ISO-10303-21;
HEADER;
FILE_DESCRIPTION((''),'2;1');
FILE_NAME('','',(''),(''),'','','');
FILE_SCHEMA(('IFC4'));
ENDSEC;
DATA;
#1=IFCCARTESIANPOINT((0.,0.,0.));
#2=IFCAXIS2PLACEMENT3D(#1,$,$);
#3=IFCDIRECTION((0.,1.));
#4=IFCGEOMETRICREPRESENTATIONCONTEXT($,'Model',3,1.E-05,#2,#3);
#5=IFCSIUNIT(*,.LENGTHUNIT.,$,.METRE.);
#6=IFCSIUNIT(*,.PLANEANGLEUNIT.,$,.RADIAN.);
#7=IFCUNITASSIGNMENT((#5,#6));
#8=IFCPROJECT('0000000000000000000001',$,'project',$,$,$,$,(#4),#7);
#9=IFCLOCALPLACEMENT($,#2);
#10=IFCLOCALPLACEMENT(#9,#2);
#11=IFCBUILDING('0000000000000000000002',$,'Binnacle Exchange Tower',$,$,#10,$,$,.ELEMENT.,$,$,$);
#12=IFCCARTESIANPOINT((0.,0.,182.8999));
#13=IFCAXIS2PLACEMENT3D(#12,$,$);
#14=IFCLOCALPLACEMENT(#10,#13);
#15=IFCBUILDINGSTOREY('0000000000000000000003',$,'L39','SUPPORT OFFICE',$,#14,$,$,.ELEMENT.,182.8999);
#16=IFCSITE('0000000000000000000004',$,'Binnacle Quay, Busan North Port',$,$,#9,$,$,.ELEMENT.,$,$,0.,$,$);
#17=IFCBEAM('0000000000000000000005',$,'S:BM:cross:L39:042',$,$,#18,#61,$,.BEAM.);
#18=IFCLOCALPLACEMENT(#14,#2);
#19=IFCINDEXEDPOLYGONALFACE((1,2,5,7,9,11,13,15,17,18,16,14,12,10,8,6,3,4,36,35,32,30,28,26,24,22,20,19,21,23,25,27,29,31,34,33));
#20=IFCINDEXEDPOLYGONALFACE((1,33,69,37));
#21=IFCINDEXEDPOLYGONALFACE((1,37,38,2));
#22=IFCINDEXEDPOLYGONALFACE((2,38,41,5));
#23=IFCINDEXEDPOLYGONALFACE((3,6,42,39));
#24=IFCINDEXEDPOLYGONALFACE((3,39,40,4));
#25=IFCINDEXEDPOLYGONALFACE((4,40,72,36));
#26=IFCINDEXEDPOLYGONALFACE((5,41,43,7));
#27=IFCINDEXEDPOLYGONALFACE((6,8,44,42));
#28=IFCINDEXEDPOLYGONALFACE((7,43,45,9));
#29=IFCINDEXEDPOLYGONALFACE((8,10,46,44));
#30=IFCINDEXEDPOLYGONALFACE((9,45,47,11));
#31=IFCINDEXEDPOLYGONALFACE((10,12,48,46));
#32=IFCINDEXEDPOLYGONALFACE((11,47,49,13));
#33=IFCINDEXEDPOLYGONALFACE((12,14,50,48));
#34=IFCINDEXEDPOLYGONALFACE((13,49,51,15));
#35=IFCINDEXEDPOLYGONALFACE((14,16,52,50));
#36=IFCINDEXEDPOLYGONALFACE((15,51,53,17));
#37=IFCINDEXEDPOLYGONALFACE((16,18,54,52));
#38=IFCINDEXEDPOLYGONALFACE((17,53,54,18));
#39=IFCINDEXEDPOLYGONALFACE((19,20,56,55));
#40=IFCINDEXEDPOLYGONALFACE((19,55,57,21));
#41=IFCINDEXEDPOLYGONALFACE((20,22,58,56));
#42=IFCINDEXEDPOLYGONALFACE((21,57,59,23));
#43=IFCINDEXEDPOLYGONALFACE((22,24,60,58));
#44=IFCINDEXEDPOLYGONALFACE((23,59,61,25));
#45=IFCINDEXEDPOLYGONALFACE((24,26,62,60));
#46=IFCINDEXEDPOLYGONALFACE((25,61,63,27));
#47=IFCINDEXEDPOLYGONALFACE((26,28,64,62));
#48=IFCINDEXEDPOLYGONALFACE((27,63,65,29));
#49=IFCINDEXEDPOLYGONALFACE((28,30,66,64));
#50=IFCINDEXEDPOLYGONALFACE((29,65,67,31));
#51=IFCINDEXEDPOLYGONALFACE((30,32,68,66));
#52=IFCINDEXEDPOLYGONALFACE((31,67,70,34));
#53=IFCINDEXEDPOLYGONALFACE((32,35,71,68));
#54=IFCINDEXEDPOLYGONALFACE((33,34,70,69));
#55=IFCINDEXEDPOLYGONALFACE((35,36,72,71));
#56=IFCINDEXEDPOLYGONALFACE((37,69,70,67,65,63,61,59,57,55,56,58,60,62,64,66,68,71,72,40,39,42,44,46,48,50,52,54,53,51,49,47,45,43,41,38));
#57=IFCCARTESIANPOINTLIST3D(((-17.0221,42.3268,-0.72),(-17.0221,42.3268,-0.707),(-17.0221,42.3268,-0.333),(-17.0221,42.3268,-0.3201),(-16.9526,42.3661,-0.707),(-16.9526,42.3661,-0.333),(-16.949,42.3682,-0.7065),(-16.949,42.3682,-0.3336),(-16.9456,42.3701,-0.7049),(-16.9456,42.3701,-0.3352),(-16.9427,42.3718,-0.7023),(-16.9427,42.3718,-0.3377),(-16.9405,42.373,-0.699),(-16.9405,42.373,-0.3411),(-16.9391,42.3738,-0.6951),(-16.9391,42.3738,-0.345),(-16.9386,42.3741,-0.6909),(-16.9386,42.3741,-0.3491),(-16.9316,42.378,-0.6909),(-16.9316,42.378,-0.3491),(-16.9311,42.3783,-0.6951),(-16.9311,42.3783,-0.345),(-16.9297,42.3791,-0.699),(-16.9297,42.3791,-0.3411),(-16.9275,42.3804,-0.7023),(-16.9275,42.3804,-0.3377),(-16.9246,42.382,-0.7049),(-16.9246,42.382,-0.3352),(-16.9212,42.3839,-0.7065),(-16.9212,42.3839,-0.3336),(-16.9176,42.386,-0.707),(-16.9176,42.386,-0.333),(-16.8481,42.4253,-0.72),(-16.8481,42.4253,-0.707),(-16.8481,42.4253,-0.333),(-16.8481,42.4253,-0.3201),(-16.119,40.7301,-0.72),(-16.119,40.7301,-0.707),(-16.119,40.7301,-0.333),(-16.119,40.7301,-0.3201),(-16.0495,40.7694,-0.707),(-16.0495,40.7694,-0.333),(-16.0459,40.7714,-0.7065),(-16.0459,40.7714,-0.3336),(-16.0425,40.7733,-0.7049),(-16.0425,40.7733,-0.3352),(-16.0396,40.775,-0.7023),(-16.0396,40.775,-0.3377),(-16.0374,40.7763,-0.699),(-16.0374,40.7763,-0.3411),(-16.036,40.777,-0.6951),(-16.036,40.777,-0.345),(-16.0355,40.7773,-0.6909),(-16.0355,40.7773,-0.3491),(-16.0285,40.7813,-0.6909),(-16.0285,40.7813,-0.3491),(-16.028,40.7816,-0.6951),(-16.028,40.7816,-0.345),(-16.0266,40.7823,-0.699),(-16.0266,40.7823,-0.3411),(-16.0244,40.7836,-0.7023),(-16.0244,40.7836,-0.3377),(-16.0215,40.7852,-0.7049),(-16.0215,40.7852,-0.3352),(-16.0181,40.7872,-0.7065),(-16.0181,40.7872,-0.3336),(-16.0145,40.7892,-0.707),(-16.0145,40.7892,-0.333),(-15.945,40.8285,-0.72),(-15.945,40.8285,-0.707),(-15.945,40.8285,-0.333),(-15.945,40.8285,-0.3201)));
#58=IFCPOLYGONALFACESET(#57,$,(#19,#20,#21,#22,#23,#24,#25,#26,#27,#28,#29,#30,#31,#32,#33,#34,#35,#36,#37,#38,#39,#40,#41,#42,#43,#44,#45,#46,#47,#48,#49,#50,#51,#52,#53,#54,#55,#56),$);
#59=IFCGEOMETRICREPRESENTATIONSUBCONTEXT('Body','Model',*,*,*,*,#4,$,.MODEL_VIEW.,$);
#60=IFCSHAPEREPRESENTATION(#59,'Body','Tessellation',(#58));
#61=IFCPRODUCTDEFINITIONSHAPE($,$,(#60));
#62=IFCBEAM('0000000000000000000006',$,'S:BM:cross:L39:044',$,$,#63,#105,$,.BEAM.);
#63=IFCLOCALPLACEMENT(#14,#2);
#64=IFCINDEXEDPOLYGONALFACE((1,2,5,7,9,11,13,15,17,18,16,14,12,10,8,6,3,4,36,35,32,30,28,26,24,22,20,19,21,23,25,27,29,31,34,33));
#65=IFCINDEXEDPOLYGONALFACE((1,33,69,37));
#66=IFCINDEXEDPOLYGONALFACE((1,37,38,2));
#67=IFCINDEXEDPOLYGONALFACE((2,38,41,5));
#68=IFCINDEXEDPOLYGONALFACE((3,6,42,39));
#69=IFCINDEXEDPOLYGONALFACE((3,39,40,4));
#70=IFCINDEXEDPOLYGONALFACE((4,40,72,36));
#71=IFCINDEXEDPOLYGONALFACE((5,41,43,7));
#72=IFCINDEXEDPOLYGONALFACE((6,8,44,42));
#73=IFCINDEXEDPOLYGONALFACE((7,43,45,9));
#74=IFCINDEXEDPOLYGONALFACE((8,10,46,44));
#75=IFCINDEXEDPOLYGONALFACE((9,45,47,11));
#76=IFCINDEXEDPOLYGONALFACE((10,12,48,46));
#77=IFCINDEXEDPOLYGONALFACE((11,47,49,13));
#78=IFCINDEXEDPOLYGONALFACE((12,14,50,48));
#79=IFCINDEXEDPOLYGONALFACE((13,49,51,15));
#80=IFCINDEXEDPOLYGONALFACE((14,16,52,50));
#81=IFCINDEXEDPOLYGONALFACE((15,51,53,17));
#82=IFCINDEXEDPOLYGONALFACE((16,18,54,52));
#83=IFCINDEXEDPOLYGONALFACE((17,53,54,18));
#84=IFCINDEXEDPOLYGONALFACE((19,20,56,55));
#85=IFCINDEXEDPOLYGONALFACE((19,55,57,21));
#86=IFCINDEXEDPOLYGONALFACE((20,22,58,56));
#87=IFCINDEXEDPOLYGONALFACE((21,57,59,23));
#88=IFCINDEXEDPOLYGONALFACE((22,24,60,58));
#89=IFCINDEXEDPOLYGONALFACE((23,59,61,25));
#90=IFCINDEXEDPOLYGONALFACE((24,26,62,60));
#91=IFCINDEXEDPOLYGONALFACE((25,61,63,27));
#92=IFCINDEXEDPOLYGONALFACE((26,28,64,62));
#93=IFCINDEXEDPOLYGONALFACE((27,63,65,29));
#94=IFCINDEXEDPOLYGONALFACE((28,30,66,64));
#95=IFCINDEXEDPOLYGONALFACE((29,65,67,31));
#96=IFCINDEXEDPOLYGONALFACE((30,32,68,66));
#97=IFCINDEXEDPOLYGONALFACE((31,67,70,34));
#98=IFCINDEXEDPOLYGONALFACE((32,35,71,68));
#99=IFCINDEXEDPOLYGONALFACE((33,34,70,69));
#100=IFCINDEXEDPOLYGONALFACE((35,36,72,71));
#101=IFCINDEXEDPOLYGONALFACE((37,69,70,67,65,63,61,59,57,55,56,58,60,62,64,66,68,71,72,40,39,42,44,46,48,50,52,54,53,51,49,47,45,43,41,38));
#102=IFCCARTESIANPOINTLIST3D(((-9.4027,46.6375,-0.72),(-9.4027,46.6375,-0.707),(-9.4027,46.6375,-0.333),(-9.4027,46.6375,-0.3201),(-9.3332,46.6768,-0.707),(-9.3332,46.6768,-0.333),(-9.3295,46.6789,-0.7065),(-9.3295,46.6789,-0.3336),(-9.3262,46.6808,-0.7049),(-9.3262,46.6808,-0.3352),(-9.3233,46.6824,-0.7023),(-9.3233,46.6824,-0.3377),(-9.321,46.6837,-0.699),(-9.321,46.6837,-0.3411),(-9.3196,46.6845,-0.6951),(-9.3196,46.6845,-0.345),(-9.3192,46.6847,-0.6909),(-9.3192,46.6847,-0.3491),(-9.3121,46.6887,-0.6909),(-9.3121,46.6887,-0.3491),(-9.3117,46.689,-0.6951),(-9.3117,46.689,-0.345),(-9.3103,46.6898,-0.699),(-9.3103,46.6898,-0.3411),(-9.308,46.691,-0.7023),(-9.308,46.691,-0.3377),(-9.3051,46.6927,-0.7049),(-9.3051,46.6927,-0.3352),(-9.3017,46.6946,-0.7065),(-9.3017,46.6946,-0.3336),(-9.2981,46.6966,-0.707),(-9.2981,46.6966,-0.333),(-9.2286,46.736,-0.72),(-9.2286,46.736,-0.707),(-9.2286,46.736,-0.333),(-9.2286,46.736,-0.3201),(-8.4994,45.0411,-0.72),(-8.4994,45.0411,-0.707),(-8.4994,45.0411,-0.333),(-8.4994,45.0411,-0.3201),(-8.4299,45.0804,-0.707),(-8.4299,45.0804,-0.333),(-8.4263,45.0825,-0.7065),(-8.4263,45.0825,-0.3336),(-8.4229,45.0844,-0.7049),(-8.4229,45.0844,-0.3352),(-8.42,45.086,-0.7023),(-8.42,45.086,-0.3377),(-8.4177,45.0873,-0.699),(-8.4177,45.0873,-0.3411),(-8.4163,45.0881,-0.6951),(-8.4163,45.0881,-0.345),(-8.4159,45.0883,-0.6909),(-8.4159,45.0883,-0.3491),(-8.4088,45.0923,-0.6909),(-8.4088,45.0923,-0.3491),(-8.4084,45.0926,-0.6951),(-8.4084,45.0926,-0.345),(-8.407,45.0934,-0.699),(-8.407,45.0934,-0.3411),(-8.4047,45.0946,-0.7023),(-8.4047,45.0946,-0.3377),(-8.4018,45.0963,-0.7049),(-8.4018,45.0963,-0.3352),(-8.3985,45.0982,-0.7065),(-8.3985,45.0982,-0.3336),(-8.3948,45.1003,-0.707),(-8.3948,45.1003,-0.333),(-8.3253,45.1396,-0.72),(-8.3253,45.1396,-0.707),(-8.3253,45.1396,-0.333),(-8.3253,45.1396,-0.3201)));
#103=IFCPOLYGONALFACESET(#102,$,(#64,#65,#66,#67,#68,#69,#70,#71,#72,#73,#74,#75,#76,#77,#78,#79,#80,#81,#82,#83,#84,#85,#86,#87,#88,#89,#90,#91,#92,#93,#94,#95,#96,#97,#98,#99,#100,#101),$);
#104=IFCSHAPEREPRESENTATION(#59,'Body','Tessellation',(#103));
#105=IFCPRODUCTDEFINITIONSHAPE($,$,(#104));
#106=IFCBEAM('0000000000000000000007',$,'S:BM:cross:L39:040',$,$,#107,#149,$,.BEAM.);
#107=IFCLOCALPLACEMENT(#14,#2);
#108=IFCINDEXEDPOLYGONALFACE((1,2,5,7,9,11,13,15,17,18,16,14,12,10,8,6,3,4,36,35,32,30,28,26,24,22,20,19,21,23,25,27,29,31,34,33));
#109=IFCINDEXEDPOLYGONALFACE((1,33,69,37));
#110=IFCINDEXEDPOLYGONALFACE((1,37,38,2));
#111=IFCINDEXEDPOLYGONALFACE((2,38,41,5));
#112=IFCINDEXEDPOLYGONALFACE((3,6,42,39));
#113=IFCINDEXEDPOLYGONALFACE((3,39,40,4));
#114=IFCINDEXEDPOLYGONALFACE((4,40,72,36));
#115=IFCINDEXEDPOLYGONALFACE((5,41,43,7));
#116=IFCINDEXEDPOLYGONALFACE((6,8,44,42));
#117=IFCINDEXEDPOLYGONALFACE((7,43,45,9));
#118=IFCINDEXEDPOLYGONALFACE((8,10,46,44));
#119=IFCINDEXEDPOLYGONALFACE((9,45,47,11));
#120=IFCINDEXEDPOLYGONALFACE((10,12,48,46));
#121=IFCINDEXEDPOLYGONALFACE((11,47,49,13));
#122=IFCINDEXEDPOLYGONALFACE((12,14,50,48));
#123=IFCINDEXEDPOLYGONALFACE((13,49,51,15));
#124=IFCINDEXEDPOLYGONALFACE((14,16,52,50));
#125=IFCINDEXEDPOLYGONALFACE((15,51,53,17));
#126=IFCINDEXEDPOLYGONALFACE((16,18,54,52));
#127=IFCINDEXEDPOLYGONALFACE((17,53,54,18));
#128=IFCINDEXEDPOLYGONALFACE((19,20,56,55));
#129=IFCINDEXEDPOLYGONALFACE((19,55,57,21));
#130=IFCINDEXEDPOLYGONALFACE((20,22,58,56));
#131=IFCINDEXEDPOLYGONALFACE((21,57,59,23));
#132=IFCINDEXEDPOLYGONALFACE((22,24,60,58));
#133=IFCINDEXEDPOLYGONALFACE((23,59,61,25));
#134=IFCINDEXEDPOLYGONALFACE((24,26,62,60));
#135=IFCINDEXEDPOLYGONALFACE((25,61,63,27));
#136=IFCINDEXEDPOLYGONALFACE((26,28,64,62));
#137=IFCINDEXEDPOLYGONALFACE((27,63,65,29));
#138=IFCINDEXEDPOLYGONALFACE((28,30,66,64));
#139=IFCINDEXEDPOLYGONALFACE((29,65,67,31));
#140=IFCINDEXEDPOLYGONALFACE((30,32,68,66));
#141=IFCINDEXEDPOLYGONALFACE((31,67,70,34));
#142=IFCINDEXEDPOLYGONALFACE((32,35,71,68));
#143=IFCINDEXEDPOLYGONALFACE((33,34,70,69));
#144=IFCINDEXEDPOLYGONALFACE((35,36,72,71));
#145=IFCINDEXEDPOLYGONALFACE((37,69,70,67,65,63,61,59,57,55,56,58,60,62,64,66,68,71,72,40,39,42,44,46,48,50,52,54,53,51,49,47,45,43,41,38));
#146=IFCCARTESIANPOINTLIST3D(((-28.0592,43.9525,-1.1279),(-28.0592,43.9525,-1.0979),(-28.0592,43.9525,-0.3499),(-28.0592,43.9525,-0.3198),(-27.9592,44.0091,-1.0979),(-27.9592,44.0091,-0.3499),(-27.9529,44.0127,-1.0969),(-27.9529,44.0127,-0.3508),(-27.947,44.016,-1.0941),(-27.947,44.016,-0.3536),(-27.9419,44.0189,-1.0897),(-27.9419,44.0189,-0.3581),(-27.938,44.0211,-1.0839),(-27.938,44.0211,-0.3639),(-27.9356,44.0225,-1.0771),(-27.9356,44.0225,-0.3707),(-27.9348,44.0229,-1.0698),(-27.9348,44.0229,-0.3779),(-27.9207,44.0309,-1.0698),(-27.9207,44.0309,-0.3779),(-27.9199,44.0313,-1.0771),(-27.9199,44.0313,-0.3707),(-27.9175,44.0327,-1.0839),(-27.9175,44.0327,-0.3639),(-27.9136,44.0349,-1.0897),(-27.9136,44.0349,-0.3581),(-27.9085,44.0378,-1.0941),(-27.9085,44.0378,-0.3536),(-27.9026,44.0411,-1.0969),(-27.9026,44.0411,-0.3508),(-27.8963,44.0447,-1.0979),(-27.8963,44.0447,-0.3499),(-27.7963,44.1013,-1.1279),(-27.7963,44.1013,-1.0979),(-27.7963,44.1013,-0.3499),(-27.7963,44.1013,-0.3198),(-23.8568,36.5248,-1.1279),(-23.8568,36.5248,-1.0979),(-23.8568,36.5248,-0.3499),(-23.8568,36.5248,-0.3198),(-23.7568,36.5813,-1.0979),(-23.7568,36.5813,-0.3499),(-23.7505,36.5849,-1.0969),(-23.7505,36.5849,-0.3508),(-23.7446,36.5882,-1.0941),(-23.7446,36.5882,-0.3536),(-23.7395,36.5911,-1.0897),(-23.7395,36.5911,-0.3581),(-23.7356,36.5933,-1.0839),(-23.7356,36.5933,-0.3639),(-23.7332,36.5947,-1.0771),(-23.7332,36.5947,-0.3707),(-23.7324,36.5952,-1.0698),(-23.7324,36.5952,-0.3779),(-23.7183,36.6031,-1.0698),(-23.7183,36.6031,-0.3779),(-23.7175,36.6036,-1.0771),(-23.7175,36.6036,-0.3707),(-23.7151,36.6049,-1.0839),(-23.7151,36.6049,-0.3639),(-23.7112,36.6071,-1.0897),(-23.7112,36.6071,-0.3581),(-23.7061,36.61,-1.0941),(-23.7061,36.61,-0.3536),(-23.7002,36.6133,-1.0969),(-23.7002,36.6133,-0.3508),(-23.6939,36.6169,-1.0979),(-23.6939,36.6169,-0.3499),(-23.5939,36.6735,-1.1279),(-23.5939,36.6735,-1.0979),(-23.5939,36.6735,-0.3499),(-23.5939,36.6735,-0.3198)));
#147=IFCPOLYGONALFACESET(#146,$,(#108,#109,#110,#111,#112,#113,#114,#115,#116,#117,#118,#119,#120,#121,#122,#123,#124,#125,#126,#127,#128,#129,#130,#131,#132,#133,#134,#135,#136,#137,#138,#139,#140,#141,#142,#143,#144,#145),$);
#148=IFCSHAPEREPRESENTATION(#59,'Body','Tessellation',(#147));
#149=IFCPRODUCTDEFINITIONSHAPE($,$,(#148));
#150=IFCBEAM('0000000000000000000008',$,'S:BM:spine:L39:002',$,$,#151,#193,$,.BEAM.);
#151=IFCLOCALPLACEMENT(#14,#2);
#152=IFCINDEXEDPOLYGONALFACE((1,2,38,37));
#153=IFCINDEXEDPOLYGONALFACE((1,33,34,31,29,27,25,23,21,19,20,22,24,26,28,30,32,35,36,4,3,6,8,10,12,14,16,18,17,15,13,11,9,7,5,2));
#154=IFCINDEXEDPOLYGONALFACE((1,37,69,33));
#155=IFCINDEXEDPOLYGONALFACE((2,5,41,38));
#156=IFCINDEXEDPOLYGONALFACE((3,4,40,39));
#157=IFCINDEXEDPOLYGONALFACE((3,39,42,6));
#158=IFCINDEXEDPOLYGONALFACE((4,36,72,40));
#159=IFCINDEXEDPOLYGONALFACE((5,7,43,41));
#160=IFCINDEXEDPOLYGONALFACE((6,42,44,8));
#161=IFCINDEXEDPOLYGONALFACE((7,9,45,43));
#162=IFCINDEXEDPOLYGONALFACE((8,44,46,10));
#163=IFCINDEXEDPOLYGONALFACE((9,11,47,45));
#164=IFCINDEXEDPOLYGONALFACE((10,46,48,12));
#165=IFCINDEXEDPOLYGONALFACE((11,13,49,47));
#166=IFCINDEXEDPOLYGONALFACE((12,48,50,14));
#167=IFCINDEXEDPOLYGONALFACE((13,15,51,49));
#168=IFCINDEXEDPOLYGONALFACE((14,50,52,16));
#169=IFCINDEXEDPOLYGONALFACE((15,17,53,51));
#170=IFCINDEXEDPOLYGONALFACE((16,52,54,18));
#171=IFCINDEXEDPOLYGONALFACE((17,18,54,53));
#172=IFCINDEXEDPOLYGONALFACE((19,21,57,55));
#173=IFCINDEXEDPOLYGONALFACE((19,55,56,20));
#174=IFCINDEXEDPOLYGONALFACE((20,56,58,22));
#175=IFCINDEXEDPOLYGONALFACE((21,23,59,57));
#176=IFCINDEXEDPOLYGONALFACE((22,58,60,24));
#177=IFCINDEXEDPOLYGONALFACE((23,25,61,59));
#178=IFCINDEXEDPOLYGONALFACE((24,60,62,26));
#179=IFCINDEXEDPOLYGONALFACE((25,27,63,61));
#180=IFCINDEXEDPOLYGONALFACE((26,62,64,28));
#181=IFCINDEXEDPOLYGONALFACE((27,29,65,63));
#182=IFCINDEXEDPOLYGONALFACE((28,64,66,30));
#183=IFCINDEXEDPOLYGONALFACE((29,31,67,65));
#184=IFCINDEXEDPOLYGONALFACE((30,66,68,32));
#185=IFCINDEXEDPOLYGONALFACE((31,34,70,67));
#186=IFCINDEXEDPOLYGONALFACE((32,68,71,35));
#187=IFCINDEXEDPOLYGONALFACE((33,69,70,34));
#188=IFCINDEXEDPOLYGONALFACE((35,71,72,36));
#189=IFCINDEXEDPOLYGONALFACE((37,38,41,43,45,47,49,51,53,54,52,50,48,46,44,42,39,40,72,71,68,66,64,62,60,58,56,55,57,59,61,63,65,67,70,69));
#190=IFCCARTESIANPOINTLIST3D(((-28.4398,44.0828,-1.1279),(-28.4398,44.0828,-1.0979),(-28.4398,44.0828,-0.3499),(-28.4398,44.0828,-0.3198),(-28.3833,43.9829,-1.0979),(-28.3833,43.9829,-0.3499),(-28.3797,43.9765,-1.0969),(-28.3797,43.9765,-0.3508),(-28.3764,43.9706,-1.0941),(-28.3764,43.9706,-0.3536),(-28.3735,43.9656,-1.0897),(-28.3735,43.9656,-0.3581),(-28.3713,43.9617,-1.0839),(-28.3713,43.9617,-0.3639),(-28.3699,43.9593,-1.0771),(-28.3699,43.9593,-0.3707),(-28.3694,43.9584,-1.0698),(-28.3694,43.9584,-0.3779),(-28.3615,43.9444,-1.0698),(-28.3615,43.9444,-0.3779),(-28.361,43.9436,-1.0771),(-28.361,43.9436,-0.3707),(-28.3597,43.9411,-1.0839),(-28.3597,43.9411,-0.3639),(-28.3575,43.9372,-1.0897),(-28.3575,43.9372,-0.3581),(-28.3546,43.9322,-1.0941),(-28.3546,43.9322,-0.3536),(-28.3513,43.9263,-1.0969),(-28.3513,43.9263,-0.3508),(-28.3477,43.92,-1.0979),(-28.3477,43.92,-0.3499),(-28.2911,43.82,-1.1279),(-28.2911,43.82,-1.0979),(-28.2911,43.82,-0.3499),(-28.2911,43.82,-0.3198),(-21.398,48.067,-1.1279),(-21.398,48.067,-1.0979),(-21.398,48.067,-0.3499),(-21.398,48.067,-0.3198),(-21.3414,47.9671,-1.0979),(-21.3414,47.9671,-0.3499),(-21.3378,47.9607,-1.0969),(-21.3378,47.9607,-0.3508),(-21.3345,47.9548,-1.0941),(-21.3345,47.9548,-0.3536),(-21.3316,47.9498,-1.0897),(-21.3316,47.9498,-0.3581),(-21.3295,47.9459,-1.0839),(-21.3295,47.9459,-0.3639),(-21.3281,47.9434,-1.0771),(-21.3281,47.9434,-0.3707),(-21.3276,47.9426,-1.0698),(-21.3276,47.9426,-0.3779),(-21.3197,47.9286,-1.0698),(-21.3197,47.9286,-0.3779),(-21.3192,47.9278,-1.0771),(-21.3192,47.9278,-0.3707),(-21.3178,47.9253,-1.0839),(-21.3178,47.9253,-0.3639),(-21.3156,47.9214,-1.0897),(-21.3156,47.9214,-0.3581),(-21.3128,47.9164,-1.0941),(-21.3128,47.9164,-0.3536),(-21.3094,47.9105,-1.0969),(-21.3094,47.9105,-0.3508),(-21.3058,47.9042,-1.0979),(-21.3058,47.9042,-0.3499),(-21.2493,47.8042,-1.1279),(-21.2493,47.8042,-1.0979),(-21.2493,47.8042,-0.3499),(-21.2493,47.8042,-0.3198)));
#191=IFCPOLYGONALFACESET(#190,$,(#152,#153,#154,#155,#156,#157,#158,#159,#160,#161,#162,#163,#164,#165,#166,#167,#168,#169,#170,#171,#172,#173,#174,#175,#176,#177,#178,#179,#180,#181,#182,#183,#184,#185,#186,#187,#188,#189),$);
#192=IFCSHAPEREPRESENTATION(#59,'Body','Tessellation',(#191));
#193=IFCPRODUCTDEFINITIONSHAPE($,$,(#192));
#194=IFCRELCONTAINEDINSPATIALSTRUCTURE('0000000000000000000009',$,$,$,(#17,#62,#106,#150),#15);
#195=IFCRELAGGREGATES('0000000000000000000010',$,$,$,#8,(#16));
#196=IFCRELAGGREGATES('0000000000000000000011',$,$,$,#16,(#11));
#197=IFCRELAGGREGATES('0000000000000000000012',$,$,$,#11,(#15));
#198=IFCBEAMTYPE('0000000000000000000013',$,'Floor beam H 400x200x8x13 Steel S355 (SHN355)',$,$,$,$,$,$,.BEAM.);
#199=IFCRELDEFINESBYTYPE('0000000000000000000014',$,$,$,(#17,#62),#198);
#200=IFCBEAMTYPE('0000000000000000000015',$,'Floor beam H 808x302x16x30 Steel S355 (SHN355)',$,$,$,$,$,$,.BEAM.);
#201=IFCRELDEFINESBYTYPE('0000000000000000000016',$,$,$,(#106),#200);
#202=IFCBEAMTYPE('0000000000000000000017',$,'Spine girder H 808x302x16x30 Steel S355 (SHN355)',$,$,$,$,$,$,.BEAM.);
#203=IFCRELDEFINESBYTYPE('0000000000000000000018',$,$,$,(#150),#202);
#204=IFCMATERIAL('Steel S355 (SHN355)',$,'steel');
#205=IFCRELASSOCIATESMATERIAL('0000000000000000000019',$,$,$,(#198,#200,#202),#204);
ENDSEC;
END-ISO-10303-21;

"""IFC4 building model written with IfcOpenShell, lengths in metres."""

from ifc_helpers import new_model, si_unit, direction, frame, origin, origin_2d, place, context, subcontext, project, spatial, i_section, extrude, material, material_profile, profile_set, type_object, element, save


model = new_model("IFC4")

# Units and contexts
model_context = context("Model", 3, precision=1e-05, world=origin(), true_north=direction((0.0, 1.0)))
body_context = subcontext(model_context, "Body", "Model", "MODEL_VIEW")
ifc_project = project(units=[si_unit("LENGTHUNIT", "METRE"), si_unit("PLANEANGLEUNIT", "RADIAN")], contexts=[model_context])

# Site, building, storey
site_placement = place(None, origin())
site = spatial("IfcSite", under=ifc_project, at=site_placement, Name="Binnacle Quay, Busan North Port", CompositionType="ELEMENT", RefElevation=0.0)
building_placement = place(site_placement, origin())
building = spatial("IfcBuilding", under=site, at=building_placement, Name="Binnacle Exchange Tower", CompositionType="ELEMENT")
storey_placement = place(building_placement, frame((0.0, 0.0, 182.8999)))
storey = spatial("IfcBuildingStorey", under=building, at=storey_placement, Name="L39", Description="SUPPORT OFFICE", CompositionType="ELEMENT", Elevation=182.8999)

# Beams
ifc_material_1 = material(Name="Steel S355 (SHN355)", Category="steel")
ifc_material_profile_1 = material_profile(ifc_material_1, i_section(OverallWidth=0.2, OverallDepth=0.3999, WebThickness=0.0081, FlangeThickness=0.0129, FilletRadius=0.0161, at=origin_2d()), Name="H 400x200x8x13")
ifc_profile_set_1 = profile_set([ifc_material_profile_1], Name="Steel S355 (SHN355)")
beam_type_1 = type_object("IfcBeamType", Name="Floor beam H 400x200x8x13 Steel S355 (SHN355)", PredefinedType="BEAM", material=ifc_profile_set_1)
beam_1_placement = place(storey_placement, frame((-16.032, 40.7793, -0.52), z_axis=(-0.492307, 0.870422, 0.0), x_axis=(-0.870422, -0.492307, 0.0)))
element("IfcBeam", 1, at=beam_1_placement, inside=storey, type_object=beam_type_1, Name="S:BM:cross:L39:042", PredefinedType="BEAM", context=body_context, shape_type="SweptSolid", body=[
    extrude(i_section(OverallWidth=0.2, OverallDepth=0.3999, WebThickness=0.0081, FlangeThickness=0.0129, FilletRadius=0.0161, at=origin_2d()), origin(), (0.0, 0.0, 1.0), 1.8345),
])
beam_2_placement = place(storey_placement, frame((-8.4124, 45.0903, -0.52), z_axis=(-0.492465, 0.870332, 0.0), x_axis=(-0.870332, -0.492465, 0.0)))
element("IfcBeam", 2, at=beam_2_placement, inside=storey, type_object=beam_type_1, Name="S:BM:cross:L39:044", PredefinedType="BEAM", context=body_context, shape_type="SweptSolid", body=[
    extrude(i_section(OverallWidth=0.2, OverallDepth=0.3999, WebThickness=0.0081, FlangeThickness=0.0129, FilletRadius=0.0161, at=origin_2d()), origin(), (0.0, 0.0, 1.0), 1.8342),
])
ifc_material_profile_2 = material_profile(ifc_material_1, i_section(OverallWidth=0.302, OverallDepth=0.8081, WebThickness=0.0161, FlangeThickness=0.03, FilletRadius=0.0281, at=origin_2d()), Name="H 808x302x16x30")
ifc_profile_set_2 = profile_set([ifc_material_profile_2], Name="Steel S355 (SHN355)")
beam_type_2 = type_object("IfcBeamType", Name="Floor beam H 808x302x16x30 Steel S355 (SHN355)", PredefinedType="BEAM", material=ifc_profile_set_2)
beam_3_placement = place(storey_placement, frame((-23.7253, 36.5991, -0.7239), z_axis=(-0.492422, 0.870357, 0.0), x_axis=(-0.870357, -0.492422, 0.0)))
element("IfcBeam", 3, at=beam_3_placement, inside=storey, type_object=beam_type_2, Name="S:BM:cross:L39:040", PredefinedType="BEAM", context=body_context, shape_type="SweptSolid", body=[
    extrude(i_section(OverallWidth=0.302, OverallDepth=0.8081, WebThickness=0.0161, FlangeThickness=0.03, FilletRadius=0.0281, at=origin_2d()), origin(), (0.0, 0.0, 1.0), 8.5342),
])
ifc_material_profile_3 = material_profile(ifc_material_1, i_section(OverallWidth=0.302, OverallDepth=0.8081, WebThickness=0.0161, FlangeThickness=0.03, FilletRadius=0.0281, at=origin_2d()), Name="H 808x302x16x30")
ifc_profile_set_3 = profile_set([ifc_material_profile_3], Name="Steel S355 (SHN355)")
beam_type_3 = type_object("IfcBeamType", Name="Spine girder H 808x302x16x30 Steel S355 (SHN355)", PredefinedType="BEAM", material=ifc_profile_set_3)
beam_4_placement = place(storey_placement, frame((-28.3655, 43.9514, -0.7239), z_axis=(0.87035, 0.492433, 0.0), x_axis=(-0.492433, 0.87035, 0.0)))
element("IfcBeam", 4, at=beam_4_placement, inside=storey, type_object=beam_type_3, Name="S:BM:spine:L39:002", PredefinedType="BEAM", context=body_context, shape_type="SweptSolid", body=[
    extrude(i_section(OverallWidth=0.302, OverallDepth=0.8081, WebThickness=0.0161, FlangeThickness=0.03, FilletRadius=0.0281, at=origin_2d()), origin(), (0.0, 0.0, 1.0), 8.0908),
])

save(model, "model.ifc")
